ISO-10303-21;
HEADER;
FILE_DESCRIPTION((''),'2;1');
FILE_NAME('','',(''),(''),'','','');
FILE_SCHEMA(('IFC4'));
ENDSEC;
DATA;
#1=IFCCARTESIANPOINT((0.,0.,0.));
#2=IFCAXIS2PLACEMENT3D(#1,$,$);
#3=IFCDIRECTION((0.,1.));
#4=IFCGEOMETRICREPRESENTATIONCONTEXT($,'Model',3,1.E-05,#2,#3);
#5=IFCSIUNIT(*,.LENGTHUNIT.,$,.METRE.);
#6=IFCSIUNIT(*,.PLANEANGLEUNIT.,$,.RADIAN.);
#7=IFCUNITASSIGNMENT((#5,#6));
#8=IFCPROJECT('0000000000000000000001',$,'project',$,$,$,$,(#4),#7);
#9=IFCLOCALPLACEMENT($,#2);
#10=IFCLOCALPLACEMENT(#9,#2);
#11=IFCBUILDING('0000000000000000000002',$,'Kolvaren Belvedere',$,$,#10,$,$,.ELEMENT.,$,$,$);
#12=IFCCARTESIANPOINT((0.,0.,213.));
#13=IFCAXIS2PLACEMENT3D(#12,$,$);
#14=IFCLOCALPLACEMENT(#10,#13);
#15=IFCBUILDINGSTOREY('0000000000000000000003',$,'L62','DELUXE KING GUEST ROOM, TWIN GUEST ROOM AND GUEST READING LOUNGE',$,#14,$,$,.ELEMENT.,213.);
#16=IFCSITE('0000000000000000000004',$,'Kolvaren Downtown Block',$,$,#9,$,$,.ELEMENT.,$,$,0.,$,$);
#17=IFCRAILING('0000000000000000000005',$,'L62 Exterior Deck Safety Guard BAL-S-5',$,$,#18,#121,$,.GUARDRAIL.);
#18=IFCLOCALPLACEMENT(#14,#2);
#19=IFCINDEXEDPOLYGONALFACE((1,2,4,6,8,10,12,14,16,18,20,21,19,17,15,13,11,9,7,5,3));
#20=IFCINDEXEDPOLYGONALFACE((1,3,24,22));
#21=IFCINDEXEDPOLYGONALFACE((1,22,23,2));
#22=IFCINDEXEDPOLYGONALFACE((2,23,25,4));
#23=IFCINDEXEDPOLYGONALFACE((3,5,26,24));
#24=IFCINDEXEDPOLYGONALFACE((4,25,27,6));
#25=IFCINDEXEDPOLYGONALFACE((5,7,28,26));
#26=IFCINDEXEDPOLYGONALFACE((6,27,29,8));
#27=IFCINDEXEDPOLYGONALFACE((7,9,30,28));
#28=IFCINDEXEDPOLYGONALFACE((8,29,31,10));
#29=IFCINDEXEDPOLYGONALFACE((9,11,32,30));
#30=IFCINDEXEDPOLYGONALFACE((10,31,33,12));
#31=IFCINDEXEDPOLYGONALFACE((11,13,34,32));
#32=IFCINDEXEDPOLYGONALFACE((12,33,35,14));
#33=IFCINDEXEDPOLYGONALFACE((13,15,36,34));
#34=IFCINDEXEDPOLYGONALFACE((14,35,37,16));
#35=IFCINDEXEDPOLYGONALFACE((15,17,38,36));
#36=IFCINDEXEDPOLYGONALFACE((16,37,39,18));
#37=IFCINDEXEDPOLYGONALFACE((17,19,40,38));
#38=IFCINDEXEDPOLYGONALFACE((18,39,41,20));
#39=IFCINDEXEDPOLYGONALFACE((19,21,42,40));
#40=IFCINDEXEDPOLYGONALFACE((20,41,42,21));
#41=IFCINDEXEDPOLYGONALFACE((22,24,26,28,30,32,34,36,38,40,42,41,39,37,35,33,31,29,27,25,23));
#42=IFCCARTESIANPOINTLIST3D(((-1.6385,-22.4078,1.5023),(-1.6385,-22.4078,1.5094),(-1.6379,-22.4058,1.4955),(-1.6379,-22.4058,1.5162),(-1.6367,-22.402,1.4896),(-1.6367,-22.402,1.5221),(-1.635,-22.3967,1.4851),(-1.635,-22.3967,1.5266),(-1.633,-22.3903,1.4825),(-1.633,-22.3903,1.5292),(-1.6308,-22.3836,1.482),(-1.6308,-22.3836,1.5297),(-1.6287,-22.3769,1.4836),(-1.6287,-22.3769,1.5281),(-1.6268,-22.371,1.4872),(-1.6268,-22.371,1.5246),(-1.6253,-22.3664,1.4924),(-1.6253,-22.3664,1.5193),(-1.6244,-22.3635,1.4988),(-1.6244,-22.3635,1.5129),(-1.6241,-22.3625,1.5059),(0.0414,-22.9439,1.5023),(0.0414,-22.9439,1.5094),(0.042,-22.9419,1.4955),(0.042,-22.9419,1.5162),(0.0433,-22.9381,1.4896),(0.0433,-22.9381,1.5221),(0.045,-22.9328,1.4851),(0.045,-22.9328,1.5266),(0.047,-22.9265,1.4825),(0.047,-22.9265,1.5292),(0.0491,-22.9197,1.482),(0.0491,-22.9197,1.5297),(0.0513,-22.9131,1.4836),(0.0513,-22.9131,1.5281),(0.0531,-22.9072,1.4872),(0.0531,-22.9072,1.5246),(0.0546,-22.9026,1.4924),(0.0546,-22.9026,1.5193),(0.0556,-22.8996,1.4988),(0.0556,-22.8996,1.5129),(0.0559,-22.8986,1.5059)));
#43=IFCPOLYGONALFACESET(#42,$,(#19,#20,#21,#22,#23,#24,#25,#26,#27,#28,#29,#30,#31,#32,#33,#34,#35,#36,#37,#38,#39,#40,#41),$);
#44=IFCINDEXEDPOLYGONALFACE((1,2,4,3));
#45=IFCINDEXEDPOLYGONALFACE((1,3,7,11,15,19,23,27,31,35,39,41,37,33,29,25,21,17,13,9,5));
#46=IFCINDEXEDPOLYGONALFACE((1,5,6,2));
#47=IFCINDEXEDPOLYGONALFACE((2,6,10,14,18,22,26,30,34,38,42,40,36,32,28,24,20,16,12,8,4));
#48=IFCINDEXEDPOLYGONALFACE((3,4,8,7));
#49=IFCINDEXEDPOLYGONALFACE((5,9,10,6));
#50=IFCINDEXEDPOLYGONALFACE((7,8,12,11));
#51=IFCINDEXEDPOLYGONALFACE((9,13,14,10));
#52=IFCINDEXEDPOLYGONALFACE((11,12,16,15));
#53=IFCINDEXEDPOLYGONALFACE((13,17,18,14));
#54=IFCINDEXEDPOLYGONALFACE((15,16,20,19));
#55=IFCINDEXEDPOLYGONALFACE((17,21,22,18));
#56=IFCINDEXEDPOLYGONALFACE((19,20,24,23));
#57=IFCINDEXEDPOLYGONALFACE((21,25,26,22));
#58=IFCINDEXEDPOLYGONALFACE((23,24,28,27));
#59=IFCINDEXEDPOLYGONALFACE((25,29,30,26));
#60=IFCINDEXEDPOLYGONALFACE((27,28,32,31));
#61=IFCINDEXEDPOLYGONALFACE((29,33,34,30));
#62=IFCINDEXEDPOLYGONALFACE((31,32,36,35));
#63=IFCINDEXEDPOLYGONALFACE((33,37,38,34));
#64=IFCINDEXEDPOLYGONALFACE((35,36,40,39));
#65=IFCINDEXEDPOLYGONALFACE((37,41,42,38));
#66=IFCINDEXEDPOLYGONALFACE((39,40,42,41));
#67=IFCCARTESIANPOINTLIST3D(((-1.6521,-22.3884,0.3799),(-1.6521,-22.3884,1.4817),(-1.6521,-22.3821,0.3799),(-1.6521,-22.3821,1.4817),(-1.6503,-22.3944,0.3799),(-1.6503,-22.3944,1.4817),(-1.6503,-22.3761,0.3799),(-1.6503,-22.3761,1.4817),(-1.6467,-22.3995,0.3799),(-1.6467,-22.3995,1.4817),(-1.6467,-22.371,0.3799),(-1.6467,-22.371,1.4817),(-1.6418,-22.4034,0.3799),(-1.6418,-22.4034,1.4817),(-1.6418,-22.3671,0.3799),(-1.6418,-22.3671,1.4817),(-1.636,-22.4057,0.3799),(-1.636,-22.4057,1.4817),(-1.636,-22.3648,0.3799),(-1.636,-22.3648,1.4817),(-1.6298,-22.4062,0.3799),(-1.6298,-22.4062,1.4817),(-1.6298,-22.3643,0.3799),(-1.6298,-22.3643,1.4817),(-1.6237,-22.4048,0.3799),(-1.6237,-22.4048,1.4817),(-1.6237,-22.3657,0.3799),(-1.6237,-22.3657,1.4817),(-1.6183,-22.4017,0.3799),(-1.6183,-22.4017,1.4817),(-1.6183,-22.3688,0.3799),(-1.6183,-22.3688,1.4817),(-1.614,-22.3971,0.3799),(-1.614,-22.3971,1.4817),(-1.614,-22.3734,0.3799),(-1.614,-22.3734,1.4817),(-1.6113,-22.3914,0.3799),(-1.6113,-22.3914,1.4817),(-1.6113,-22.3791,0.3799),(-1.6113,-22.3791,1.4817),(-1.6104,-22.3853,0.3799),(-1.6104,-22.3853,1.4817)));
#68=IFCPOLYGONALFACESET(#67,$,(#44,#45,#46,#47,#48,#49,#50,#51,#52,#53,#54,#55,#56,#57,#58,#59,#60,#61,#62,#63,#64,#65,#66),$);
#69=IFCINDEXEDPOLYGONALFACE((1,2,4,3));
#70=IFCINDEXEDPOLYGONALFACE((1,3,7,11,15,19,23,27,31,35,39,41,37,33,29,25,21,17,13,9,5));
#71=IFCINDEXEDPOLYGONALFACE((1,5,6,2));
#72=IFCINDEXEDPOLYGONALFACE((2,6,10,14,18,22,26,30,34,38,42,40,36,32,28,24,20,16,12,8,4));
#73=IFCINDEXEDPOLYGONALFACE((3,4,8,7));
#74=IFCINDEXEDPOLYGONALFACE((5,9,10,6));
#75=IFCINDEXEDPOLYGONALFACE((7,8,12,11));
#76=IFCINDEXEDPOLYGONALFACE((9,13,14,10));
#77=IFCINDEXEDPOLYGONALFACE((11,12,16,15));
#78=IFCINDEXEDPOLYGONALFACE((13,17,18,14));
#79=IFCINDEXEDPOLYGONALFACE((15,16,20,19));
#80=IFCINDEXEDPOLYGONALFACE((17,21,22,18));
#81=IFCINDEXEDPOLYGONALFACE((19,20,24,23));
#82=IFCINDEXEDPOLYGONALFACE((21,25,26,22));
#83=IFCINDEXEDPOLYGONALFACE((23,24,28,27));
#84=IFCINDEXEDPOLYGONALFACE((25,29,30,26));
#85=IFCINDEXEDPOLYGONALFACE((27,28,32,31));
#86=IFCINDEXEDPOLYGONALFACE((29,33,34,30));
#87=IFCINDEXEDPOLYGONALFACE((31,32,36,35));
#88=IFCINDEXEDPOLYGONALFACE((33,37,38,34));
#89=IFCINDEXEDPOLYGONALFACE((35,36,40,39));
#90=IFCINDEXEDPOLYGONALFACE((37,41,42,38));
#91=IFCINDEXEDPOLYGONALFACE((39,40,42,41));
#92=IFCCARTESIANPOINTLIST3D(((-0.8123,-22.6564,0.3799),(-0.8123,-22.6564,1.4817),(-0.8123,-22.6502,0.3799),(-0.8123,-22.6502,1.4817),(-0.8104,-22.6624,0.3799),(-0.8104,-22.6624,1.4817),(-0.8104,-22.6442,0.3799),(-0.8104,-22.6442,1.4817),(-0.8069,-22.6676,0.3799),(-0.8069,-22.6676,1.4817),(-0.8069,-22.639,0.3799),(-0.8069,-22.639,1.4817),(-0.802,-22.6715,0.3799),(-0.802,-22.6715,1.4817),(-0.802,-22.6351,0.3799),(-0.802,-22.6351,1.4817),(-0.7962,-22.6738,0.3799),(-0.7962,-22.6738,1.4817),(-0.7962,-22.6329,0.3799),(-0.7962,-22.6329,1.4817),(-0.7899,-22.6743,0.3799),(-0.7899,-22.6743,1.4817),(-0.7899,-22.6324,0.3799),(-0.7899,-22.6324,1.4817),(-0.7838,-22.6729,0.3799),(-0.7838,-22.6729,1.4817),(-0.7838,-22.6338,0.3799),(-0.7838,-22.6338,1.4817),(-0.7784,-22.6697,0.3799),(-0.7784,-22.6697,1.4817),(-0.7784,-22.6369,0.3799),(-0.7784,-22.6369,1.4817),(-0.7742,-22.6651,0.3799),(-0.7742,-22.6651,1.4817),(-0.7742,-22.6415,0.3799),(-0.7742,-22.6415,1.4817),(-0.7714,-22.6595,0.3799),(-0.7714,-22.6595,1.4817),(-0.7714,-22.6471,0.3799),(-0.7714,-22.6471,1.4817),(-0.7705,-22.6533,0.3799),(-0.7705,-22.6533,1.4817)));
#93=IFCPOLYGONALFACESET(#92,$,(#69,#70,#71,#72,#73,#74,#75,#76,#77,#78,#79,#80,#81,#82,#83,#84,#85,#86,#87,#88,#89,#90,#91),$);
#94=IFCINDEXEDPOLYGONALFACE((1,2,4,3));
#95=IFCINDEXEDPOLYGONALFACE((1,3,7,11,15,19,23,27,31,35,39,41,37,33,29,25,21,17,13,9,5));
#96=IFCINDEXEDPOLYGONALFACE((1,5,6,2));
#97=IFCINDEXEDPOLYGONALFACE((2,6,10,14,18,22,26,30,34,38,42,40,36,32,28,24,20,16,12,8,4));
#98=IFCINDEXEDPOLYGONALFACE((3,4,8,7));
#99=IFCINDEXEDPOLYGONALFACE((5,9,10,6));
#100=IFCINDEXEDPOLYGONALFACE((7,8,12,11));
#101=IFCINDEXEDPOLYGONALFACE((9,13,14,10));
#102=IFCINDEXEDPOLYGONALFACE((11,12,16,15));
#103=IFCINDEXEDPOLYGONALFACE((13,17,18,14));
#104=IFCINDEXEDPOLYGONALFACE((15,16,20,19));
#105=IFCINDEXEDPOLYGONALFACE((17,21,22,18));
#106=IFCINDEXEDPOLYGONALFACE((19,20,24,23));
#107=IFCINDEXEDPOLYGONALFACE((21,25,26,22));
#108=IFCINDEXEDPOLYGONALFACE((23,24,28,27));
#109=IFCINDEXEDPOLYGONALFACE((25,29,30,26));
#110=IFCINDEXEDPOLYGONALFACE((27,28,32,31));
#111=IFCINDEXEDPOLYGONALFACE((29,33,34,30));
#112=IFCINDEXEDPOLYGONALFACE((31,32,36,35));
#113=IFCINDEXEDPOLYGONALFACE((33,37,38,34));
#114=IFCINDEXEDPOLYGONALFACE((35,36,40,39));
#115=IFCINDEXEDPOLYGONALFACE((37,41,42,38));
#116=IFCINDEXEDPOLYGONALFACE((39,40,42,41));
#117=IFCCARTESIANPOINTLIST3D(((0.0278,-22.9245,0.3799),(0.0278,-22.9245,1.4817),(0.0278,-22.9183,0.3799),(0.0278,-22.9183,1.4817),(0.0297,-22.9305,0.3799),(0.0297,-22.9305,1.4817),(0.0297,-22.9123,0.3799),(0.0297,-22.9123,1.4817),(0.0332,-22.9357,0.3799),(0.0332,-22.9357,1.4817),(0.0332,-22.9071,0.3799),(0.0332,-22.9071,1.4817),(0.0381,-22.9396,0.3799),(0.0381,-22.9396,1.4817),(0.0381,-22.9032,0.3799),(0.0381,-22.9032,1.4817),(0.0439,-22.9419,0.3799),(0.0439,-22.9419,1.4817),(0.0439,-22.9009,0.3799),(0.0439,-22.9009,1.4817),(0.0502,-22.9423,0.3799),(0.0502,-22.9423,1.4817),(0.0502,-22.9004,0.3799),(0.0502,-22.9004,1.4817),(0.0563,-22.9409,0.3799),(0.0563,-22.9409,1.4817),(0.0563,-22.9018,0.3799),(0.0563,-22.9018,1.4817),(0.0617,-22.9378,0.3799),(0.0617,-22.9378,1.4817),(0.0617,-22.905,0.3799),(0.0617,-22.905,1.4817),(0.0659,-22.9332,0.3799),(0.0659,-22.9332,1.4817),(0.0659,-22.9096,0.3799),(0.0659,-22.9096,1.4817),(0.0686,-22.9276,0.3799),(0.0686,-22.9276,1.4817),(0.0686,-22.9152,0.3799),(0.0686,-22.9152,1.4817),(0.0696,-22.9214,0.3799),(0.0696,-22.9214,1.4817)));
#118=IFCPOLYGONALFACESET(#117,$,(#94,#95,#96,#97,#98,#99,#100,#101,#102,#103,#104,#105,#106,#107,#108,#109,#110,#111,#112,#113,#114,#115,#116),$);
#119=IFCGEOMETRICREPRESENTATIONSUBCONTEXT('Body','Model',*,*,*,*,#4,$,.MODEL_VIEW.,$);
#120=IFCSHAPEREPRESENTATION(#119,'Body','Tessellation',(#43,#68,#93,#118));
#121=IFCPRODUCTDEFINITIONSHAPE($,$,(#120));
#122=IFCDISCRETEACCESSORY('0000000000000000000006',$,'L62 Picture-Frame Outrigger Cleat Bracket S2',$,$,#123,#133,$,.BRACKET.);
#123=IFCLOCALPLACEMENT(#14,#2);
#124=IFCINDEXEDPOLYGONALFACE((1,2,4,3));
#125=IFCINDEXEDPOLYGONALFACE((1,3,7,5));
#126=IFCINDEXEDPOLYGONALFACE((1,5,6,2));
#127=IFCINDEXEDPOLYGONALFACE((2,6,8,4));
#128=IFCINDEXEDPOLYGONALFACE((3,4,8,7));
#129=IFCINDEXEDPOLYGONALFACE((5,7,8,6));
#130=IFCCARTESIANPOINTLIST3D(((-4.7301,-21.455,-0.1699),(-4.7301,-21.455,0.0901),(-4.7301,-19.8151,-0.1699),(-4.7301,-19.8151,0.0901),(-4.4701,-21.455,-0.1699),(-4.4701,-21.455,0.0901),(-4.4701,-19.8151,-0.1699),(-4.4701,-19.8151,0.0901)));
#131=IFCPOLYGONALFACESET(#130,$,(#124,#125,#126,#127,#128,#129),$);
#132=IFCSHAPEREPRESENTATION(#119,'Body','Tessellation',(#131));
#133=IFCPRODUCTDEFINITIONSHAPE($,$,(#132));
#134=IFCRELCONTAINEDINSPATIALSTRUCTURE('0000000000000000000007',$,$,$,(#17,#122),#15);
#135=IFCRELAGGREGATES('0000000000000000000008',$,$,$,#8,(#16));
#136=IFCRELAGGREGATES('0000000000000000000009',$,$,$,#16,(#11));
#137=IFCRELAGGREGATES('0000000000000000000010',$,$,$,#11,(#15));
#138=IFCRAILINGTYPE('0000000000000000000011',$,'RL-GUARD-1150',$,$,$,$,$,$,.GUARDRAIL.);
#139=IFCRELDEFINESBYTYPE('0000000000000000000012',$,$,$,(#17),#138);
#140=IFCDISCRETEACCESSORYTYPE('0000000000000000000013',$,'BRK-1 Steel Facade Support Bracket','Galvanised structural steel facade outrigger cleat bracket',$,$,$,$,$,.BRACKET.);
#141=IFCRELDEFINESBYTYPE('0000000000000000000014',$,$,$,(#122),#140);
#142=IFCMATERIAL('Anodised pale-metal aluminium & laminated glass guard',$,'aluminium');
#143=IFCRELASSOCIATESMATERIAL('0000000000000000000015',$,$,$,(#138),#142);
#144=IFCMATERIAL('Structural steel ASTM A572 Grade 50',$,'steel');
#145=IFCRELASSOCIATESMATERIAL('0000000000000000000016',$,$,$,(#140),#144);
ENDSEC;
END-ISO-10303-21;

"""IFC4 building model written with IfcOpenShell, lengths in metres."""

from ifc_helpers import new_model, si_unit, direction, frame, origin, origin_2d, place, context, subcontext, project, spatial, rectangle, circle, extrude, material, type_object, element, save


model = new_model("IFC4")

# Units and contexts
model_context = context("Model", 3, precision=1e-05, world=origin(), true_north=direction((0.0, 1.0)))
body_context = subcontext(model_context, "Body", "Model", "MODEL_VIEW")
ifc_project = project(units=[si_unit("LENGTHUNIT", "METRE"), si_unit("PLANEANGLEUNIT", "RADIAN")], contexts=[model_context])

# Site, building, storey
site_placement = place(None, origin())
site = spatial("IfcSite", under=ifc_project, at=site_placement, Name="Kolvaren Downtown Block", CompositionType="ELEMENT", RefElevation=0.0)
building_placement = place(site_placement, origin())
building = spatial("IfcBuilding", under=site, at=building_placement, Name="Kolvaren Belvedere", CompositionType="ELEMENT")
storey_placement = place(building_placement, frame((0.0, 0.0, 213.0)))
storey = spatial("IfcBuildingStorey", under=building, at=storey_placement, Name="L62", Description="DELUXE KING GUEST ROOM, TWIN GUEST ROOM AND GUEST READING LOUNGE", CompositionType="ELEMENT", Elevation=213.0)

# Railing
ifc_material_1 = material(Name="Anodised pale-metal aluminium & laminated glass guard", Category="aluminium")
railing_type = type_object("IfcRailingType", Name="RL-GUARD-1150", PredefinedType="GUARDRAIL", material=ifc_material_1)
railing_1_placement = place(storey_placement, frame((-1.6313, -22.3853, 0.3799)))
element("IfcRailing", 1, at=railing_1_placement, inside=storey, type_object=railing_type, Name="L62 Exterior Deck Safety Guard BAL-S-5", PredefinedType="GUARDRAIL", context=body_context, shape_type="SweptSolid", body=[
    extrude(circle(Radius=0.0239, at=origin_2d()), frame((0.0, 0.0, 1.126), z_axis=(0.952662, -0.304032, 0.0), x_axis=(0.304032, 0.952662, 0.0)), (0.0, 0.0, 1.0), 1.7634),
    extrude(circle(Radius=0.021, at=origin_2d()), origin(), (0.0, 0.0, 1.0), 1.1018),
    extrude(circle(Radius=0.021, at=origin_2d()), frame((0.8398, -0.2681, 0.0)), (0.0, 0.0, 1.0), 1.1018),
    extrude(circle(Radius=0.021, at=origin_2d()), frame((1.6799, -0.5361, 0.0)), (0.0, 0.0, 1.0), 1.1018),
])

# Discrete accessory
ifc_material_2 = material(Name="Structural steel ASTM A572 Grade 50", Category="steel")
discrete_accessory_type = type_object("IfcDiscreteAccessoryType", Name="BRK-1 Steel Facade Support Bracket", Description="Galvanised structural steel facade outrigger cleat bracket", PredefinedType="BRACKET", material=ifc_material_2)
discrete_accessory_placement = place(storey_placement, frame((-4.6001, -20.635, -0.1699), z_axis=(0.0, 0.0, 1.0), x_axis=(0.0, 1.0, 0.0)))
element("IfcDiscreteAccessory", 2, at=discrete_accessory_placement, inside=storey, type_object=discrete_accessory_type, Name="L62 Picture-Frame Outrigger Cleat Bracket S2", PredefinedType="BRACKET", context=body_context, shape_type="SweptSolid", body=[
    extrude(rectangle(XDim=1.6399, YDim=0.26, at=origin_2d()), origin(), (0.0, 0.0, 1.0), 0.26),
])

save(model, "model.ifc")
